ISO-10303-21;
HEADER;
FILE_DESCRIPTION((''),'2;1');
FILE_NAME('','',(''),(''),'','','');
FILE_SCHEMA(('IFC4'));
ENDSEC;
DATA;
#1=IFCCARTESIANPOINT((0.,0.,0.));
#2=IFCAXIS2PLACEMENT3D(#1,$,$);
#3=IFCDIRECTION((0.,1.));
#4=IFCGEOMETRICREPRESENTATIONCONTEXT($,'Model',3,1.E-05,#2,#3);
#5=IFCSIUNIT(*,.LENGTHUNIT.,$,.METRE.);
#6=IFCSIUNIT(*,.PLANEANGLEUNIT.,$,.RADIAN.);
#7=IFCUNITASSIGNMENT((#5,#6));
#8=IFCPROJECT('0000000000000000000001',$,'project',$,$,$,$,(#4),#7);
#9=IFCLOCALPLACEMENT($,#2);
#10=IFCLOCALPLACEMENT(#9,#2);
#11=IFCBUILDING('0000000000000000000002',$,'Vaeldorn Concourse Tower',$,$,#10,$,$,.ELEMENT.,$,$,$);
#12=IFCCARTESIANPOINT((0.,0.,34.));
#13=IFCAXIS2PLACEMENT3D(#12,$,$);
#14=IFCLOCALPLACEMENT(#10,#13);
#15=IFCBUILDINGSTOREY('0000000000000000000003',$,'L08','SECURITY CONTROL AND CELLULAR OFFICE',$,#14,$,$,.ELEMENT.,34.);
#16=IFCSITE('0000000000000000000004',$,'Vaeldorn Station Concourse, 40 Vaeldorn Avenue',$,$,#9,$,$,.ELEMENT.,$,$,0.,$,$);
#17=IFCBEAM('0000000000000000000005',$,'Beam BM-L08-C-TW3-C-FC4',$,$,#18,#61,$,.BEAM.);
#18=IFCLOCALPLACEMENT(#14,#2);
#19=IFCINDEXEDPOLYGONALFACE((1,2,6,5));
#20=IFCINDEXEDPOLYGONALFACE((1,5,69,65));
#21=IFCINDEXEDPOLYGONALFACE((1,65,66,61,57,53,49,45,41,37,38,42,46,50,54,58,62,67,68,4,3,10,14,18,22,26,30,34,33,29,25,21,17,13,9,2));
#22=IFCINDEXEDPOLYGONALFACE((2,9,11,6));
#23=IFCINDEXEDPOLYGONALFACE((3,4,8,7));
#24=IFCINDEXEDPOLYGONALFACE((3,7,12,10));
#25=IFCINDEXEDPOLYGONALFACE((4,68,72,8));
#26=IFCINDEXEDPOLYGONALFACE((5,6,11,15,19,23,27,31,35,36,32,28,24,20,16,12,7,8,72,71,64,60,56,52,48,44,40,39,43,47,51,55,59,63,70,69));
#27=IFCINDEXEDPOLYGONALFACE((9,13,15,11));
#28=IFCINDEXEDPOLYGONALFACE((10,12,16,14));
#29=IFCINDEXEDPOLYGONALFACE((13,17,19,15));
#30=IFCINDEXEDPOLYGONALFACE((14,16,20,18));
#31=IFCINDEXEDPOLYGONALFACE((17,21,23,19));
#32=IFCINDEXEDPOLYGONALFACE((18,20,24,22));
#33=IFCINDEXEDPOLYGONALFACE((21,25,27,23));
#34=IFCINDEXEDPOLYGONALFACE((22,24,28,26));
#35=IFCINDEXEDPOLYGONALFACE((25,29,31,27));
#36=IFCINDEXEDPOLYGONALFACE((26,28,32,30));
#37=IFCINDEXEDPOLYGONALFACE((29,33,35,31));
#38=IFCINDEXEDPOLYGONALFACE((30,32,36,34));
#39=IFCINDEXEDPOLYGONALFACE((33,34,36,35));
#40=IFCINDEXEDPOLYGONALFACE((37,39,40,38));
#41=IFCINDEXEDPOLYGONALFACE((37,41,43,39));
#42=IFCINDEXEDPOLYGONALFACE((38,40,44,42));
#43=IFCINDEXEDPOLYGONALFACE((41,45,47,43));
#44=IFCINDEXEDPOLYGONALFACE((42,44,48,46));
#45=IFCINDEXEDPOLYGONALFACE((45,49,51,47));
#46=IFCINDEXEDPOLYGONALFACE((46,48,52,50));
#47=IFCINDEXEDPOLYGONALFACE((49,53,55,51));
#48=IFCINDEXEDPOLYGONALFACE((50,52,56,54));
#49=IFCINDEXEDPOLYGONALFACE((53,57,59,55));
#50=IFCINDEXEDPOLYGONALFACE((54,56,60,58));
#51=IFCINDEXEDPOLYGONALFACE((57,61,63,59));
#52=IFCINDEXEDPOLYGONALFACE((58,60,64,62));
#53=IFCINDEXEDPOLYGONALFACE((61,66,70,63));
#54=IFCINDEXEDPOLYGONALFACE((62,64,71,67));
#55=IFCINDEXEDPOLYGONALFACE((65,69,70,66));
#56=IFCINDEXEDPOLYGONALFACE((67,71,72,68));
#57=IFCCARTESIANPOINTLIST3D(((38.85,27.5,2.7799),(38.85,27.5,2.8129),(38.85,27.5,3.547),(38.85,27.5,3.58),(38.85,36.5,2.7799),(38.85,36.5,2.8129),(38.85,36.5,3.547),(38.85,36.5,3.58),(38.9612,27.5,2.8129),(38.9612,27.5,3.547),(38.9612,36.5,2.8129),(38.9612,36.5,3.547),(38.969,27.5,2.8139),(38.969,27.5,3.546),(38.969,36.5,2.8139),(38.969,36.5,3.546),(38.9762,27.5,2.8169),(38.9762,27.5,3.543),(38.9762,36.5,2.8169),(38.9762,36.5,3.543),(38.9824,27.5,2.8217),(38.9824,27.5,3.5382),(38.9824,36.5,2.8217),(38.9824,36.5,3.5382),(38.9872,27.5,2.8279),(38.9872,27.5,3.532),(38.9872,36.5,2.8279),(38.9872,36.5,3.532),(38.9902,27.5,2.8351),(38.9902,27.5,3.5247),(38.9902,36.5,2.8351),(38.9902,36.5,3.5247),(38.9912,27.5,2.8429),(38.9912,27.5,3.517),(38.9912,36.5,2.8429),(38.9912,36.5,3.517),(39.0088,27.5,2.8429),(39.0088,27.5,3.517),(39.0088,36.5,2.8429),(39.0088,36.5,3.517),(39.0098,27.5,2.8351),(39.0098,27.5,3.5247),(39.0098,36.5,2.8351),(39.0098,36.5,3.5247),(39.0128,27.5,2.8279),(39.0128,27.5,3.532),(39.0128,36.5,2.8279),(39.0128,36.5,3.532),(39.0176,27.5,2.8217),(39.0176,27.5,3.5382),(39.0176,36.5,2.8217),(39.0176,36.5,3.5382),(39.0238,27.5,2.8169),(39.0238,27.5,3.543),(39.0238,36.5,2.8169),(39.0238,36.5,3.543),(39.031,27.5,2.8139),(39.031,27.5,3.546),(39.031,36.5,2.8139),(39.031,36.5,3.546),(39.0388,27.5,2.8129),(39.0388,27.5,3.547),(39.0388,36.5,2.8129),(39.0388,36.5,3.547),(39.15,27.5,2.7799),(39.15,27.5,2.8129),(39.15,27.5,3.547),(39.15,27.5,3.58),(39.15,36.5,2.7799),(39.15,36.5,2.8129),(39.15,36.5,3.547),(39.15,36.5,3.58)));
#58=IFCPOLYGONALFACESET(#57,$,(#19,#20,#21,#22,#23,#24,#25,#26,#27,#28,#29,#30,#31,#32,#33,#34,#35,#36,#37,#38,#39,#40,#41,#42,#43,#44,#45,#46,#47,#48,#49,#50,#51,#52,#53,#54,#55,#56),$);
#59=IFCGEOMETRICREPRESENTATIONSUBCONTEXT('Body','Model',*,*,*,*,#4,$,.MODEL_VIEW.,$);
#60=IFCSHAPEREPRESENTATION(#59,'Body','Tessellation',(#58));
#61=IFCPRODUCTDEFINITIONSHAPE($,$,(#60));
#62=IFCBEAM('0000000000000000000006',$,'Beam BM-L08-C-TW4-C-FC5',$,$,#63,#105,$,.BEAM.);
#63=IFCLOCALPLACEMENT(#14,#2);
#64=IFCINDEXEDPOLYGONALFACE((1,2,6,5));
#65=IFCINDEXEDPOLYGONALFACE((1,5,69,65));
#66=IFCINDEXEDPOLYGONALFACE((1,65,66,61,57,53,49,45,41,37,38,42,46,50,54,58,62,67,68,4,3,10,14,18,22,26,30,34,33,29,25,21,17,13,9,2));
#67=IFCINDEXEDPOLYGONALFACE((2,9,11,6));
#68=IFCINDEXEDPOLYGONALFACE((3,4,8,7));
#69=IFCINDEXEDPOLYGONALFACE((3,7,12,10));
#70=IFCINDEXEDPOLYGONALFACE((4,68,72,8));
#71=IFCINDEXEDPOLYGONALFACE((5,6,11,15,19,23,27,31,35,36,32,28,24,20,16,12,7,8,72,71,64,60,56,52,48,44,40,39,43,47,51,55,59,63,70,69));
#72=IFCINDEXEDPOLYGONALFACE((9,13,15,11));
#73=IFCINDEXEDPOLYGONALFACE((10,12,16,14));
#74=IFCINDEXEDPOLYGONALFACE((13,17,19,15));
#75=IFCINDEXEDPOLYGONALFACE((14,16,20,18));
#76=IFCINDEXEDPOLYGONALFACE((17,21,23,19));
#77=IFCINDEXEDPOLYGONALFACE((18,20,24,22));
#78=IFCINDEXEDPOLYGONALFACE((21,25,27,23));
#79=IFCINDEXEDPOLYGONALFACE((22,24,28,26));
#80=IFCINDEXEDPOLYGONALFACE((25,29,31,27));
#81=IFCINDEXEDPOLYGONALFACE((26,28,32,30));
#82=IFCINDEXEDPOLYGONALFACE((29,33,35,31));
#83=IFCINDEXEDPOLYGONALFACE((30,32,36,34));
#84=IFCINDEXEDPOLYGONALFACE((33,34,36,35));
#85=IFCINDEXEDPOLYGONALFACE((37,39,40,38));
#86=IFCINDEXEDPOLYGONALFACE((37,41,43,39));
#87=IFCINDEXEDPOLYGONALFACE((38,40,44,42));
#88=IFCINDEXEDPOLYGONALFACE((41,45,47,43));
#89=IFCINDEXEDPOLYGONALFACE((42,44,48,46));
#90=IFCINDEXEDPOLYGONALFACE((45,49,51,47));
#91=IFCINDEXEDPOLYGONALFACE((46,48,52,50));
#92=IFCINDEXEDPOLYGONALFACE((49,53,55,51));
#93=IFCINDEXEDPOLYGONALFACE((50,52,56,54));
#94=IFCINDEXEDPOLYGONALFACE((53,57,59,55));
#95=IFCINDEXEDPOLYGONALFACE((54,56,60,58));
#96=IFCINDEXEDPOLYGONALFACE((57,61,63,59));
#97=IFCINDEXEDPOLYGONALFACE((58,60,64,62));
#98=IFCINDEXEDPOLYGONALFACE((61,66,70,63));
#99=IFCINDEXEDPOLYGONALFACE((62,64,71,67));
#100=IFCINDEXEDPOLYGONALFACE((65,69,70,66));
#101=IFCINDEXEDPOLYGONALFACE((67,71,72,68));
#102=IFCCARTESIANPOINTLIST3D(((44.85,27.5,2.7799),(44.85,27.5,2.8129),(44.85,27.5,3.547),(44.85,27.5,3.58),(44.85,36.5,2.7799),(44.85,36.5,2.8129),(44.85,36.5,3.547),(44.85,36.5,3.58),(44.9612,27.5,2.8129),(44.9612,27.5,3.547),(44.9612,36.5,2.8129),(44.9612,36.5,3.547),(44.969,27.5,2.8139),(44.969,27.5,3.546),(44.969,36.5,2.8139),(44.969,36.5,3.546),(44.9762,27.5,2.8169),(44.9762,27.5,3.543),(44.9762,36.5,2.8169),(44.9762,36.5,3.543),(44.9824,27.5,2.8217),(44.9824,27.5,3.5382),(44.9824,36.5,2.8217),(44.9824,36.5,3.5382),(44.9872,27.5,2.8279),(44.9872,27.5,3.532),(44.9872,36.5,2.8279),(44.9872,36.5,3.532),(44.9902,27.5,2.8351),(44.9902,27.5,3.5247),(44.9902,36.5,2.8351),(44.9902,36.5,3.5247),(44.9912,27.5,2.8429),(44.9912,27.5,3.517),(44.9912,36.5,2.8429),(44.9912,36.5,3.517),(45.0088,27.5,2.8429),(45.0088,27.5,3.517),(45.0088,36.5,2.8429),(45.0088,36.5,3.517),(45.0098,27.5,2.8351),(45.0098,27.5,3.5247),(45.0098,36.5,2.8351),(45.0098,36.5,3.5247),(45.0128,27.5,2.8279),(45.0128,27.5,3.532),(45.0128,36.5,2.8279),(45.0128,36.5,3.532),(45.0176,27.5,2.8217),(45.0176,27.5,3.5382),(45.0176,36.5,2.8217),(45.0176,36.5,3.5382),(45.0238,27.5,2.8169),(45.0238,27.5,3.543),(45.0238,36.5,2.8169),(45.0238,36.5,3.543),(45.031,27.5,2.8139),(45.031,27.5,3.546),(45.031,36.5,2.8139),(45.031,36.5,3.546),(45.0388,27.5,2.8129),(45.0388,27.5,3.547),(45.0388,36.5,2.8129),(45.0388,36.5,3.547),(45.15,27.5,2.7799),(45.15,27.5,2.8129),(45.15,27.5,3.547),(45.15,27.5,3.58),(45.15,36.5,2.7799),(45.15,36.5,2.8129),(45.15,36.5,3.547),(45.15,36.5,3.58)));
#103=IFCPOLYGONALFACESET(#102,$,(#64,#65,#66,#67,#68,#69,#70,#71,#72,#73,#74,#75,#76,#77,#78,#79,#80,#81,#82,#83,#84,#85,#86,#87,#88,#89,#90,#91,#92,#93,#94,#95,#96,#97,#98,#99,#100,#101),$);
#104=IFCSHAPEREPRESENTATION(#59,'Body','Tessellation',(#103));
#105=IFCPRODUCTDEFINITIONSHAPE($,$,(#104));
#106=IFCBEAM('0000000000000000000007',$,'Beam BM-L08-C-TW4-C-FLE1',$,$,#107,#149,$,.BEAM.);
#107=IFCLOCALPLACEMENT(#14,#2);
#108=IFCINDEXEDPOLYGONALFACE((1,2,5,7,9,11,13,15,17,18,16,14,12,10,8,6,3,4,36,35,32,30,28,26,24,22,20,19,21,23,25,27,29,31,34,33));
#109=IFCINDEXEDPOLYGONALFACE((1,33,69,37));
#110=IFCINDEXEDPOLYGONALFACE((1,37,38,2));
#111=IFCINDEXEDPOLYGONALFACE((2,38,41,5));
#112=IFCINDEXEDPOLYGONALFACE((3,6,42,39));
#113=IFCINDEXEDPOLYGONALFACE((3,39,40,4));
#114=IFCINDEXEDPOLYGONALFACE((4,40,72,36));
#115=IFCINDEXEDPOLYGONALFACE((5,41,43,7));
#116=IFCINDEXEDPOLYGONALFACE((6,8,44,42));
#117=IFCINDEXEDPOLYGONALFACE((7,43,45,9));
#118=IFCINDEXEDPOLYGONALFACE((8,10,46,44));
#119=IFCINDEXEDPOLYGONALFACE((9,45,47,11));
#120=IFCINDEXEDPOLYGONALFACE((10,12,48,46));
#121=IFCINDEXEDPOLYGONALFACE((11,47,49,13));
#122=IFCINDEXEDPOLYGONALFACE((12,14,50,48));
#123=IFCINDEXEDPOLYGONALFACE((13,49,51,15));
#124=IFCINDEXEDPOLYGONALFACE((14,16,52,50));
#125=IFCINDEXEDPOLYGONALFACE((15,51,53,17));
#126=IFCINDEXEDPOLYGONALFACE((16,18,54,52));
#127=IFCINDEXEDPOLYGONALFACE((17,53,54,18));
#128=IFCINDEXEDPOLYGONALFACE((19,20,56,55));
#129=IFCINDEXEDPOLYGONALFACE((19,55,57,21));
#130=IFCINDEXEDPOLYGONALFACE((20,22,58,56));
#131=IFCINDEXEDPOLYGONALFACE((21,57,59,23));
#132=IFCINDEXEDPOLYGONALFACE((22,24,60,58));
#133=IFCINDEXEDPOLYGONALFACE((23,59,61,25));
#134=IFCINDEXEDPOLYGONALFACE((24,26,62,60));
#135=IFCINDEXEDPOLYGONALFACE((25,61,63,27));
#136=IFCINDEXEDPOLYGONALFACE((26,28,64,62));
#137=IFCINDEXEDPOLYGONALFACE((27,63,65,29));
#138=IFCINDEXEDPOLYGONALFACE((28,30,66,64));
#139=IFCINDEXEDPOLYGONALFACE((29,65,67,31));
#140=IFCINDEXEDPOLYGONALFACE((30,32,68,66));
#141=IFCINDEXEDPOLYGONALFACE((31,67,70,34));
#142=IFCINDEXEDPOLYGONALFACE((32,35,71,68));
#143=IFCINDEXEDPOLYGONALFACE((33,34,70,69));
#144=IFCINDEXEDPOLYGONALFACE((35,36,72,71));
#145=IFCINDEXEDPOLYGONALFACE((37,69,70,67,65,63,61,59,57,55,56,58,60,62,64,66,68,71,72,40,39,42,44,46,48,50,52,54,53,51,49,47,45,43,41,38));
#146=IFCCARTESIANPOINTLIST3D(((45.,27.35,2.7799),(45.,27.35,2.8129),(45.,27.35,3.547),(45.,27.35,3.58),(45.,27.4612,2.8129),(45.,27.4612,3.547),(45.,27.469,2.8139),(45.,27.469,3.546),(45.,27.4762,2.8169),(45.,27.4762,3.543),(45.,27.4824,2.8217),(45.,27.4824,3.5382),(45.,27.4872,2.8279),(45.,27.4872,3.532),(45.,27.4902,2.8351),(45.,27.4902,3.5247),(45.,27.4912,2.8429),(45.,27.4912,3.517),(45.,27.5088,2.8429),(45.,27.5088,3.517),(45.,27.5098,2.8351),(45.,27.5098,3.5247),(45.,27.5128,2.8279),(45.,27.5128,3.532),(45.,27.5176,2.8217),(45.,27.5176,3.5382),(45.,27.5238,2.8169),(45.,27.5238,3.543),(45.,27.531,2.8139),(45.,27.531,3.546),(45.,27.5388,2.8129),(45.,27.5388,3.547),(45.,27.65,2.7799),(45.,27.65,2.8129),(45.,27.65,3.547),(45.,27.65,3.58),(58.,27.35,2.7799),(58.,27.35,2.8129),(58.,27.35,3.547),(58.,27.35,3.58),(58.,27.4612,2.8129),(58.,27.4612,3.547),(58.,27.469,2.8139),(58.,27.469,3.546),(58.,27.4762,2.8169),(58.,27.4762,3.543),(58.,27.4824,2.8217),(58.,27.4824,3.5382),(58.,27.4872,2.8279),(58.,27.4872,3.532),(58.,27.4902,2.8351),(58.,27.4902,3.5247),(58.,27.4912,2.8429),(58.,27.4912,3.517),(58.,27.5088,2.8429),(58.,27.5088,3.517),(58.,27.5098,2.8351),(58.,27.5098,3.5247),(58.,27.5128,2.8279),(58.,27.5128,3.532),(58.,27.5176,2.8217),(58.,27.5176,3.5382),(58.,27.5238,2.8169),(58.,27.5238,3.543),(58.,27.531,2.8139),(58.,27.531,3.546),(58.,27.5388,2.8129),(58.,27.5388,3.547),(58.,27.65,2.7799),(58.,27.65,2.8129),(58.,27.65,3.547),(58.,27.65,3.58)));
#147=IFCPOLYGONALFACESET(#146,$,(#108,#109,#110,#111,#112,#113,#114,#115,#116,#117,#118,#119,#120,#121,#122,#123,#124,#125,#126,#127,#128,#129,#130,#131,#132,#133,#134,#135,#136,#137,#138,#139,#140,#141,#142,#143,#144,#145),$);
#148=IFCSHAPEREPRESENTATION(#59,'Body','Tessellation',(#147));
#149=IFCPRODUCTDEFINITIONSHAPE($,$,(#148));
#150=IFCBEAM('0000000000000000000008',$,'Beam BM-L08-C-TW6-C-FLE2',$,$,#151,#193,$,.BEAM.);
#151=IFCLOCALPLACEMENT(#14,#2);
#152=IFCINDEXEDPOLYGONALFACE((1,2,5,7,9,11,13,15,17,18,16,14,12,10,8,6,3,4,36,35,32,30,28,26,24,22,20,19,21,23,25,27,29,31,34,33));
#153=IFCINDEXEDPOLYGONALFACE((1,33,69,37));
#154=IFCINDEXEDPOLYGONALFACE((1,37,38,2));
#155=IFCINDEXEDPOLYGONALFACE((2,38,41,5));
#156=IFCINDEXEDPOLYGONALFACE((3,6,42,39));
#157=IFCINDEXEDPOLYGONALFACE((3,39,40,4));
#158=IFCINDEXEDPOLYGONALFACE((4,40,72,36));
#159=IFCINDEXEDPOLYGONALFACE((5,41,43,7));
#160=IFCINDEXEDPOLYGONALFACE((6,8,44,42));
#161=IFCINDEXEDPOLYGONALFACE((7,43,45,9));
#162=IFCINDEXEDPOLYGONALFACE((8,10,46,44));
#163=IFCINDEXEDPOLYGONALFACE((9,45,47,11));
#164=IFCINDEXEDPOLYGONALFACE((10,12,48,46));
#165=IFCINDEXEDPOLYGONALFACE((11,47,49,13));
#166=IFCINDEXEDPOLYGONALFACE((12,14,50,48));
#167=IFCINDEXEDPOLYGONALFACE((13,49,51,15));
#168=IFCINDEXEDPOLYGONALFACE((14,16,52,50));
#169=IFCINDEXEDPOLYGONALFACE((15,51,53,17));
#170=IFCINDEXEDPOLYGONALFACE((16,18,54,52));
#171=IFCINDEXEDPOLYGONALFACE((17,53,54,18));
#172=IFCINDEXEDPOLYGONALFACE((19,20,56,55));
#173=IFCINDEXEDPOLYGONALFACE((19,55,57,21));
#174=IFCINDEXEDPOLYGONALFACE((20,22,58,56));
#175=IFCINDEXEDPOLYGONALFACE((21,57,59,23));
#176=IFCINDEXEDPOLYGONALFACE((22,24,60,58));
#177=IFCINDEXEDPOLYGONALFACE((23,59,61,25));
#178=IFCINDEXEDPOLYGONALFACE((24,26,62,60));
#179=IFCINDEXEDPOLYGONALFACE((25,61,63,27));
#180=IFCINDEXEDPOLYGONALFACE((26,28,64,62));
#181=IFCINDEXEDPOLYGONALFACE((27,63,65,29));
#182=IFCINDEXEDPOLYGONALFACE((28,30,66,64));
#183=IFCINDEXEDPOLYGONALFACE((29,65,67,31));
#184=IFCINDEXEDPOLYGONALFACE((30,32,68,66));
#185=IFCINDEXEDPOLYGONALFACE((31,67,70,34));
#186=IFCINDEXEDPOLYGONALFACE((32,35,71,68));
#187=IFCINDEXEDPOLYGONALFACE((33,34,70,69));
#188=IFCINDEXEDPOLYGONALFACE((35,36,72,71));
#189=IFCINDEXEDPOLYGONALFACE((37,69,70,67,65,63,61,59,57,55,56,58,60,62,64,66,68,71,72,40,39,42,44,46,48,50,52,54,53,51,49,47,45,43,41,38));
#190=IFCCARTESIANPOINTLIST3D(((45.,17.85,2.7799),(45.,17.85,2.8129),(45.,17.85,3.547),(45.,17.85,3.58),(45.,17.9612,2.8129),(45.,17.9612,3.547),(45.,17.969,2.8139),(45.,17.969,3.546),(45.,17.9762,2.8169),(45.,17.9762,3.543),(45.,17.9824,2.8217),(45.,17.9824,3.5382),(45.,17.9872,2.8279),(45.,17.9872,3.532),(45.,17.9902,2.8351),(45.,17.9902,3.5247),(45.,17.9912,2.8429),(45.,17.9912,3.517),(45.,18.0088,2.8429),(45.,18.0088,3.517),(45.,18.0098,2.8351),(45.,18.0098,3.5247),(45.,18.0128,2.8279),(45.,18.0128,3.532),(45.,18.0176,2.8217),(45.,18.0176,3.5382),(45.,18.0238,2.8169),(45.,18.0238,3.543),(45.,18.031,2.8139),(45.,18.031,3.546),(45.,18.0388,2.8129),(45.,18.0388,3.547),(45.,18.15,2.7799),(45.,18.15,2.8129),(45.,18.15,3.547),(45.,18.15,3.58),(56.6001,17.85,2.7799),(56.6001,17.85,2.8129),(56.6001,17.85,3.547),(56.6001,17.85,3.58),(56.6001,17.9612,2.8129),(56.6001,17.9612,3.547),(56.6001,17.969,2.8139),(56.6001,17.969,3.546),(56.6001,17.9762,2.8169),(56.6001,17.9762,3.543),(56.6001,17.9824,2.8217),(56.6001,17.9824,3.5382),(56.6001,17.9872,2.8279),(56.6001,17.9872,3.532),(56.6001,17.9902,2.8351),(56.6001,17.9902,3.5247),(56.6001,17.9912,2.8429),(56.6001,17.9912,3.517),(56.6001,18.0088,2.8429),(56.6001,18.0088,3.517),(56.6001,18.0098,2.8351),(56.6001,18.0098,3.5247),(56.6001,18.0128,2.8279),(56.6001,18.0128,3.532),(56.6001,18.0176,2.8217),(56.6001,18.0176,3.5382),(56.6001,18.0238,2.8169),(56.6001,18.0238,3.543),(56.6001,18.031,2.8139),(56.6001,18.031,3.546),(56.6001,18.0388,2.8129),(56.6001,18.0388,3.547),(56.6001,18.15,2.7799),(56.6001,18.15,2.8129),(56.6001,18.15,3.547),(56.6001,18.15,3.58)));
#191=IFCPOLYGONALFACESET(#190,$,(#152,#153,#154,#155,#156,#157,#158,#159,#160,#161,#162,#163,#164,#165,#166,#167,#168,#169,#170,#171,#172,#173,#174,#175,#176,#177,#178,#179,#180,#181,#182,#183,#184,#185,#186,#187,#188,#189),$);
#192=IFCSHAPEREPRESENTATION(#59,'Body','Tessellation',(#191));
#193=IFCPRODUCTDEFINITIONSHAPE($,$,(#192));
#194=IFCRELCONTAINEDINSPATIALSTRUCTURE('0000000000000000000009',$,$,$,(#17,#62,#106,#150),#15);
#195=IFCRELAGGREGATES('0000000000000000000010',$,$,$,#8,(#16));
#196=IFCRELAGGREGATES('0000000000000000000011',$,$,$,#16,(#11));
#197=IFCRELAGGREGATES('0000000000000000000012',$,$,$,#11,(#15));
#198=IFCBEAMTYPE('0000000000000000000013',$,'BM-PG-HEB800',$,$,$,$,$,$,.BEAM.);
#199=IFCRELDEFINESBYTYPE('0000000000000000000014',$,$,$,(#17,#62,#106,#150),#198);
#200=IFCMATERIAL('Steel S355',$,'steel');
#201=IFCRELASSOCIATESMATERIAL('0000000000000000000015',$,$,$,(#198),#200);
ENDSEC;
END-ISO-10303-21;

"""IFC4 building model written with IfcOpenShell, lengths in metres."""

from ifc_helpers import new_model, si_unit, direction, frame, origin, origin_2d, place, context, subcontext, project, spatial, i_section, extrude, source, transform, mapped, material, material_profile, profile_set, type_object, element, save


model = new_model("IFC4")

# Units and contexts
model_context = context("Model", 3, precision=1e-05, world=origin(), true_north=direction((0.0, 1.0)))
body_context = subcontext(model_context, "Body", "Model", "MODEL_VIEW")
ifc_project = project(units=[si_unit("LENGTHUNIT", "METRE"), si_unit("PLANEANGLEUNIT", "RADIAN")], contexts=[model_context])

# Site, building, storey
site_placement = place(None, origin())
site = spatial("IfcSite", under=ifc_project, at=site_placement, Name="Vaeldorn Station Concourse, 40 Vaeldorn Avenue", CompositionType="ELEMENT", RefElevation=0.0)
building_placement = place(site_placement, origin())
building = spatial("IfcBuilding", under=site, at=building_placement, Name="Vaeldorn Concourse Tower", CompositionType="ELEMENT")
storey_placement = place(building_placement, frame((0.0, 0.0, 34.0)))
storey = spatial("IfcBuildingStorey", under=building, at=storey_placement, Name="L08", Description="SECURITY CONTROL AND CELLULAR OFFICE", CompositionType="ELEMENT", Elevation=34.0)

# Beams
ifc_material_1 = material(Name="Steel S355", Category="steel")
ifc_material_profile_1 = material_profile(ifc_material_1, i_section(OverallWidth=0.3, OverallDepth=0.8, WebThickness=0.0176, FlangeThickness=0.033, FilletRadius=0.03, at=origin_2d()), Name="HEB 800")
ifc_profile_set_1 = profile_set([ifc_material_profile_1], Name="Steel S355")
beam_type_1 = type_object("IfcBeamType", Name="BM-PG-HEB800", PredefinedType="BEAM", material=ifc_profile_set_1)
shared_shape_1 = source(origin(), body_context, "Body", "SweptSolid", [
    extrude(i_section(OverallWidth=0.3, OverallDepth=0.8, WebThickness=0.0176, FlangeThickness=0.033, FilletRadius=0.03, at=origin_2d()), origin(), (0.0, 0.0, 1.0), 9.0),
])
for number, where, z_axis, x_axis, name in (
    (1, (39.0, 27.5, 3.1799), (0.0, 1.0, 0.0), (-1.0, 0.0, 0.0), "Beam BM-L08-C-TW3-C-FC4"),
    (2, (45.0, 27.5, 3.1799), (0.0, 1.0, 0.0), (-1.0, 0.0, 0.0), "Beam BM-L08-C-TW4-C-FC5"),
):
    element("IfcBeam", number, at=place(storey_placement, frame(where, z_axis=z_axis, x_axis=x_axis)), inside=storey, type_object=beam_type_1, Name=name, PredefinedType="BEAM", context=body_context, shape_type="MappedRepresentation", body=[
        mapped(shared_shape_1, transform((0.0, 0.0, 0.0), scale=1.0)),
    ])
shared_shape_2 = source(origin(), body_context, "Body", "SweptSolid", [
    extrude(i_section(OverallWidth=0.3, OverallDepth=0.8, WebThickness=0.0176, FlangeThickness=0.033, FilletRadius=0.03, at=origin_2d()), origin(), (0.0, 0.0, 1.0), 13.0),
])
beam_1_placement = place(storey_placement, frame((45.0, 27.5, 3.1799), z_axis=(1.0, 0.0, 0.0), x_axis=(0.0, 1.0, 0.0)))
element("IfcBeam", 3, at=beam_1_placement, inside=storey, type_object=beam_type_1, Name="Beam BM-L08-C-TW4-C-FLE1", PredefinedType="BEAM", context=body_context, shape_type="MappedRepresentation", body=[
    mapped(shared_shape_2, transform((0.0, 0.0, 0.0), scale=1.0)),
])
shared_shape_3 = source(origin(), body_context, "Body", "SweptSolid", [
    extrude(i_section(OverallWidth=0.3, OverallDepth=0.8, WebThickness=0.0176, FlangeThickness=0.033, FilletRadius=0.03, at=origin_2d()), origin(), (0.0, 0.0, 1.0), 11.6001),
])
beam_2_placement = place(storey_placement, frame((45.0, 18.0, 3.1799), z_axis=(1.0, 0.0, 0.0), x_axis=(0.0, 1.0, 0.0)))
element("IfcBeam", 4, at=beam_2_placement, inside=storey, type_object=beam_type_1, Name="Beam BM-L08-C-TW6-C-FLE2", PredefinedType="BEAM", context=body_context, shape_type="MappedRepresentation", body=[
    mapped(shared_shape_3, transform((0.0, 0.0, 0.0), scale=1.0)),
])

save(model, "model.ifc")
